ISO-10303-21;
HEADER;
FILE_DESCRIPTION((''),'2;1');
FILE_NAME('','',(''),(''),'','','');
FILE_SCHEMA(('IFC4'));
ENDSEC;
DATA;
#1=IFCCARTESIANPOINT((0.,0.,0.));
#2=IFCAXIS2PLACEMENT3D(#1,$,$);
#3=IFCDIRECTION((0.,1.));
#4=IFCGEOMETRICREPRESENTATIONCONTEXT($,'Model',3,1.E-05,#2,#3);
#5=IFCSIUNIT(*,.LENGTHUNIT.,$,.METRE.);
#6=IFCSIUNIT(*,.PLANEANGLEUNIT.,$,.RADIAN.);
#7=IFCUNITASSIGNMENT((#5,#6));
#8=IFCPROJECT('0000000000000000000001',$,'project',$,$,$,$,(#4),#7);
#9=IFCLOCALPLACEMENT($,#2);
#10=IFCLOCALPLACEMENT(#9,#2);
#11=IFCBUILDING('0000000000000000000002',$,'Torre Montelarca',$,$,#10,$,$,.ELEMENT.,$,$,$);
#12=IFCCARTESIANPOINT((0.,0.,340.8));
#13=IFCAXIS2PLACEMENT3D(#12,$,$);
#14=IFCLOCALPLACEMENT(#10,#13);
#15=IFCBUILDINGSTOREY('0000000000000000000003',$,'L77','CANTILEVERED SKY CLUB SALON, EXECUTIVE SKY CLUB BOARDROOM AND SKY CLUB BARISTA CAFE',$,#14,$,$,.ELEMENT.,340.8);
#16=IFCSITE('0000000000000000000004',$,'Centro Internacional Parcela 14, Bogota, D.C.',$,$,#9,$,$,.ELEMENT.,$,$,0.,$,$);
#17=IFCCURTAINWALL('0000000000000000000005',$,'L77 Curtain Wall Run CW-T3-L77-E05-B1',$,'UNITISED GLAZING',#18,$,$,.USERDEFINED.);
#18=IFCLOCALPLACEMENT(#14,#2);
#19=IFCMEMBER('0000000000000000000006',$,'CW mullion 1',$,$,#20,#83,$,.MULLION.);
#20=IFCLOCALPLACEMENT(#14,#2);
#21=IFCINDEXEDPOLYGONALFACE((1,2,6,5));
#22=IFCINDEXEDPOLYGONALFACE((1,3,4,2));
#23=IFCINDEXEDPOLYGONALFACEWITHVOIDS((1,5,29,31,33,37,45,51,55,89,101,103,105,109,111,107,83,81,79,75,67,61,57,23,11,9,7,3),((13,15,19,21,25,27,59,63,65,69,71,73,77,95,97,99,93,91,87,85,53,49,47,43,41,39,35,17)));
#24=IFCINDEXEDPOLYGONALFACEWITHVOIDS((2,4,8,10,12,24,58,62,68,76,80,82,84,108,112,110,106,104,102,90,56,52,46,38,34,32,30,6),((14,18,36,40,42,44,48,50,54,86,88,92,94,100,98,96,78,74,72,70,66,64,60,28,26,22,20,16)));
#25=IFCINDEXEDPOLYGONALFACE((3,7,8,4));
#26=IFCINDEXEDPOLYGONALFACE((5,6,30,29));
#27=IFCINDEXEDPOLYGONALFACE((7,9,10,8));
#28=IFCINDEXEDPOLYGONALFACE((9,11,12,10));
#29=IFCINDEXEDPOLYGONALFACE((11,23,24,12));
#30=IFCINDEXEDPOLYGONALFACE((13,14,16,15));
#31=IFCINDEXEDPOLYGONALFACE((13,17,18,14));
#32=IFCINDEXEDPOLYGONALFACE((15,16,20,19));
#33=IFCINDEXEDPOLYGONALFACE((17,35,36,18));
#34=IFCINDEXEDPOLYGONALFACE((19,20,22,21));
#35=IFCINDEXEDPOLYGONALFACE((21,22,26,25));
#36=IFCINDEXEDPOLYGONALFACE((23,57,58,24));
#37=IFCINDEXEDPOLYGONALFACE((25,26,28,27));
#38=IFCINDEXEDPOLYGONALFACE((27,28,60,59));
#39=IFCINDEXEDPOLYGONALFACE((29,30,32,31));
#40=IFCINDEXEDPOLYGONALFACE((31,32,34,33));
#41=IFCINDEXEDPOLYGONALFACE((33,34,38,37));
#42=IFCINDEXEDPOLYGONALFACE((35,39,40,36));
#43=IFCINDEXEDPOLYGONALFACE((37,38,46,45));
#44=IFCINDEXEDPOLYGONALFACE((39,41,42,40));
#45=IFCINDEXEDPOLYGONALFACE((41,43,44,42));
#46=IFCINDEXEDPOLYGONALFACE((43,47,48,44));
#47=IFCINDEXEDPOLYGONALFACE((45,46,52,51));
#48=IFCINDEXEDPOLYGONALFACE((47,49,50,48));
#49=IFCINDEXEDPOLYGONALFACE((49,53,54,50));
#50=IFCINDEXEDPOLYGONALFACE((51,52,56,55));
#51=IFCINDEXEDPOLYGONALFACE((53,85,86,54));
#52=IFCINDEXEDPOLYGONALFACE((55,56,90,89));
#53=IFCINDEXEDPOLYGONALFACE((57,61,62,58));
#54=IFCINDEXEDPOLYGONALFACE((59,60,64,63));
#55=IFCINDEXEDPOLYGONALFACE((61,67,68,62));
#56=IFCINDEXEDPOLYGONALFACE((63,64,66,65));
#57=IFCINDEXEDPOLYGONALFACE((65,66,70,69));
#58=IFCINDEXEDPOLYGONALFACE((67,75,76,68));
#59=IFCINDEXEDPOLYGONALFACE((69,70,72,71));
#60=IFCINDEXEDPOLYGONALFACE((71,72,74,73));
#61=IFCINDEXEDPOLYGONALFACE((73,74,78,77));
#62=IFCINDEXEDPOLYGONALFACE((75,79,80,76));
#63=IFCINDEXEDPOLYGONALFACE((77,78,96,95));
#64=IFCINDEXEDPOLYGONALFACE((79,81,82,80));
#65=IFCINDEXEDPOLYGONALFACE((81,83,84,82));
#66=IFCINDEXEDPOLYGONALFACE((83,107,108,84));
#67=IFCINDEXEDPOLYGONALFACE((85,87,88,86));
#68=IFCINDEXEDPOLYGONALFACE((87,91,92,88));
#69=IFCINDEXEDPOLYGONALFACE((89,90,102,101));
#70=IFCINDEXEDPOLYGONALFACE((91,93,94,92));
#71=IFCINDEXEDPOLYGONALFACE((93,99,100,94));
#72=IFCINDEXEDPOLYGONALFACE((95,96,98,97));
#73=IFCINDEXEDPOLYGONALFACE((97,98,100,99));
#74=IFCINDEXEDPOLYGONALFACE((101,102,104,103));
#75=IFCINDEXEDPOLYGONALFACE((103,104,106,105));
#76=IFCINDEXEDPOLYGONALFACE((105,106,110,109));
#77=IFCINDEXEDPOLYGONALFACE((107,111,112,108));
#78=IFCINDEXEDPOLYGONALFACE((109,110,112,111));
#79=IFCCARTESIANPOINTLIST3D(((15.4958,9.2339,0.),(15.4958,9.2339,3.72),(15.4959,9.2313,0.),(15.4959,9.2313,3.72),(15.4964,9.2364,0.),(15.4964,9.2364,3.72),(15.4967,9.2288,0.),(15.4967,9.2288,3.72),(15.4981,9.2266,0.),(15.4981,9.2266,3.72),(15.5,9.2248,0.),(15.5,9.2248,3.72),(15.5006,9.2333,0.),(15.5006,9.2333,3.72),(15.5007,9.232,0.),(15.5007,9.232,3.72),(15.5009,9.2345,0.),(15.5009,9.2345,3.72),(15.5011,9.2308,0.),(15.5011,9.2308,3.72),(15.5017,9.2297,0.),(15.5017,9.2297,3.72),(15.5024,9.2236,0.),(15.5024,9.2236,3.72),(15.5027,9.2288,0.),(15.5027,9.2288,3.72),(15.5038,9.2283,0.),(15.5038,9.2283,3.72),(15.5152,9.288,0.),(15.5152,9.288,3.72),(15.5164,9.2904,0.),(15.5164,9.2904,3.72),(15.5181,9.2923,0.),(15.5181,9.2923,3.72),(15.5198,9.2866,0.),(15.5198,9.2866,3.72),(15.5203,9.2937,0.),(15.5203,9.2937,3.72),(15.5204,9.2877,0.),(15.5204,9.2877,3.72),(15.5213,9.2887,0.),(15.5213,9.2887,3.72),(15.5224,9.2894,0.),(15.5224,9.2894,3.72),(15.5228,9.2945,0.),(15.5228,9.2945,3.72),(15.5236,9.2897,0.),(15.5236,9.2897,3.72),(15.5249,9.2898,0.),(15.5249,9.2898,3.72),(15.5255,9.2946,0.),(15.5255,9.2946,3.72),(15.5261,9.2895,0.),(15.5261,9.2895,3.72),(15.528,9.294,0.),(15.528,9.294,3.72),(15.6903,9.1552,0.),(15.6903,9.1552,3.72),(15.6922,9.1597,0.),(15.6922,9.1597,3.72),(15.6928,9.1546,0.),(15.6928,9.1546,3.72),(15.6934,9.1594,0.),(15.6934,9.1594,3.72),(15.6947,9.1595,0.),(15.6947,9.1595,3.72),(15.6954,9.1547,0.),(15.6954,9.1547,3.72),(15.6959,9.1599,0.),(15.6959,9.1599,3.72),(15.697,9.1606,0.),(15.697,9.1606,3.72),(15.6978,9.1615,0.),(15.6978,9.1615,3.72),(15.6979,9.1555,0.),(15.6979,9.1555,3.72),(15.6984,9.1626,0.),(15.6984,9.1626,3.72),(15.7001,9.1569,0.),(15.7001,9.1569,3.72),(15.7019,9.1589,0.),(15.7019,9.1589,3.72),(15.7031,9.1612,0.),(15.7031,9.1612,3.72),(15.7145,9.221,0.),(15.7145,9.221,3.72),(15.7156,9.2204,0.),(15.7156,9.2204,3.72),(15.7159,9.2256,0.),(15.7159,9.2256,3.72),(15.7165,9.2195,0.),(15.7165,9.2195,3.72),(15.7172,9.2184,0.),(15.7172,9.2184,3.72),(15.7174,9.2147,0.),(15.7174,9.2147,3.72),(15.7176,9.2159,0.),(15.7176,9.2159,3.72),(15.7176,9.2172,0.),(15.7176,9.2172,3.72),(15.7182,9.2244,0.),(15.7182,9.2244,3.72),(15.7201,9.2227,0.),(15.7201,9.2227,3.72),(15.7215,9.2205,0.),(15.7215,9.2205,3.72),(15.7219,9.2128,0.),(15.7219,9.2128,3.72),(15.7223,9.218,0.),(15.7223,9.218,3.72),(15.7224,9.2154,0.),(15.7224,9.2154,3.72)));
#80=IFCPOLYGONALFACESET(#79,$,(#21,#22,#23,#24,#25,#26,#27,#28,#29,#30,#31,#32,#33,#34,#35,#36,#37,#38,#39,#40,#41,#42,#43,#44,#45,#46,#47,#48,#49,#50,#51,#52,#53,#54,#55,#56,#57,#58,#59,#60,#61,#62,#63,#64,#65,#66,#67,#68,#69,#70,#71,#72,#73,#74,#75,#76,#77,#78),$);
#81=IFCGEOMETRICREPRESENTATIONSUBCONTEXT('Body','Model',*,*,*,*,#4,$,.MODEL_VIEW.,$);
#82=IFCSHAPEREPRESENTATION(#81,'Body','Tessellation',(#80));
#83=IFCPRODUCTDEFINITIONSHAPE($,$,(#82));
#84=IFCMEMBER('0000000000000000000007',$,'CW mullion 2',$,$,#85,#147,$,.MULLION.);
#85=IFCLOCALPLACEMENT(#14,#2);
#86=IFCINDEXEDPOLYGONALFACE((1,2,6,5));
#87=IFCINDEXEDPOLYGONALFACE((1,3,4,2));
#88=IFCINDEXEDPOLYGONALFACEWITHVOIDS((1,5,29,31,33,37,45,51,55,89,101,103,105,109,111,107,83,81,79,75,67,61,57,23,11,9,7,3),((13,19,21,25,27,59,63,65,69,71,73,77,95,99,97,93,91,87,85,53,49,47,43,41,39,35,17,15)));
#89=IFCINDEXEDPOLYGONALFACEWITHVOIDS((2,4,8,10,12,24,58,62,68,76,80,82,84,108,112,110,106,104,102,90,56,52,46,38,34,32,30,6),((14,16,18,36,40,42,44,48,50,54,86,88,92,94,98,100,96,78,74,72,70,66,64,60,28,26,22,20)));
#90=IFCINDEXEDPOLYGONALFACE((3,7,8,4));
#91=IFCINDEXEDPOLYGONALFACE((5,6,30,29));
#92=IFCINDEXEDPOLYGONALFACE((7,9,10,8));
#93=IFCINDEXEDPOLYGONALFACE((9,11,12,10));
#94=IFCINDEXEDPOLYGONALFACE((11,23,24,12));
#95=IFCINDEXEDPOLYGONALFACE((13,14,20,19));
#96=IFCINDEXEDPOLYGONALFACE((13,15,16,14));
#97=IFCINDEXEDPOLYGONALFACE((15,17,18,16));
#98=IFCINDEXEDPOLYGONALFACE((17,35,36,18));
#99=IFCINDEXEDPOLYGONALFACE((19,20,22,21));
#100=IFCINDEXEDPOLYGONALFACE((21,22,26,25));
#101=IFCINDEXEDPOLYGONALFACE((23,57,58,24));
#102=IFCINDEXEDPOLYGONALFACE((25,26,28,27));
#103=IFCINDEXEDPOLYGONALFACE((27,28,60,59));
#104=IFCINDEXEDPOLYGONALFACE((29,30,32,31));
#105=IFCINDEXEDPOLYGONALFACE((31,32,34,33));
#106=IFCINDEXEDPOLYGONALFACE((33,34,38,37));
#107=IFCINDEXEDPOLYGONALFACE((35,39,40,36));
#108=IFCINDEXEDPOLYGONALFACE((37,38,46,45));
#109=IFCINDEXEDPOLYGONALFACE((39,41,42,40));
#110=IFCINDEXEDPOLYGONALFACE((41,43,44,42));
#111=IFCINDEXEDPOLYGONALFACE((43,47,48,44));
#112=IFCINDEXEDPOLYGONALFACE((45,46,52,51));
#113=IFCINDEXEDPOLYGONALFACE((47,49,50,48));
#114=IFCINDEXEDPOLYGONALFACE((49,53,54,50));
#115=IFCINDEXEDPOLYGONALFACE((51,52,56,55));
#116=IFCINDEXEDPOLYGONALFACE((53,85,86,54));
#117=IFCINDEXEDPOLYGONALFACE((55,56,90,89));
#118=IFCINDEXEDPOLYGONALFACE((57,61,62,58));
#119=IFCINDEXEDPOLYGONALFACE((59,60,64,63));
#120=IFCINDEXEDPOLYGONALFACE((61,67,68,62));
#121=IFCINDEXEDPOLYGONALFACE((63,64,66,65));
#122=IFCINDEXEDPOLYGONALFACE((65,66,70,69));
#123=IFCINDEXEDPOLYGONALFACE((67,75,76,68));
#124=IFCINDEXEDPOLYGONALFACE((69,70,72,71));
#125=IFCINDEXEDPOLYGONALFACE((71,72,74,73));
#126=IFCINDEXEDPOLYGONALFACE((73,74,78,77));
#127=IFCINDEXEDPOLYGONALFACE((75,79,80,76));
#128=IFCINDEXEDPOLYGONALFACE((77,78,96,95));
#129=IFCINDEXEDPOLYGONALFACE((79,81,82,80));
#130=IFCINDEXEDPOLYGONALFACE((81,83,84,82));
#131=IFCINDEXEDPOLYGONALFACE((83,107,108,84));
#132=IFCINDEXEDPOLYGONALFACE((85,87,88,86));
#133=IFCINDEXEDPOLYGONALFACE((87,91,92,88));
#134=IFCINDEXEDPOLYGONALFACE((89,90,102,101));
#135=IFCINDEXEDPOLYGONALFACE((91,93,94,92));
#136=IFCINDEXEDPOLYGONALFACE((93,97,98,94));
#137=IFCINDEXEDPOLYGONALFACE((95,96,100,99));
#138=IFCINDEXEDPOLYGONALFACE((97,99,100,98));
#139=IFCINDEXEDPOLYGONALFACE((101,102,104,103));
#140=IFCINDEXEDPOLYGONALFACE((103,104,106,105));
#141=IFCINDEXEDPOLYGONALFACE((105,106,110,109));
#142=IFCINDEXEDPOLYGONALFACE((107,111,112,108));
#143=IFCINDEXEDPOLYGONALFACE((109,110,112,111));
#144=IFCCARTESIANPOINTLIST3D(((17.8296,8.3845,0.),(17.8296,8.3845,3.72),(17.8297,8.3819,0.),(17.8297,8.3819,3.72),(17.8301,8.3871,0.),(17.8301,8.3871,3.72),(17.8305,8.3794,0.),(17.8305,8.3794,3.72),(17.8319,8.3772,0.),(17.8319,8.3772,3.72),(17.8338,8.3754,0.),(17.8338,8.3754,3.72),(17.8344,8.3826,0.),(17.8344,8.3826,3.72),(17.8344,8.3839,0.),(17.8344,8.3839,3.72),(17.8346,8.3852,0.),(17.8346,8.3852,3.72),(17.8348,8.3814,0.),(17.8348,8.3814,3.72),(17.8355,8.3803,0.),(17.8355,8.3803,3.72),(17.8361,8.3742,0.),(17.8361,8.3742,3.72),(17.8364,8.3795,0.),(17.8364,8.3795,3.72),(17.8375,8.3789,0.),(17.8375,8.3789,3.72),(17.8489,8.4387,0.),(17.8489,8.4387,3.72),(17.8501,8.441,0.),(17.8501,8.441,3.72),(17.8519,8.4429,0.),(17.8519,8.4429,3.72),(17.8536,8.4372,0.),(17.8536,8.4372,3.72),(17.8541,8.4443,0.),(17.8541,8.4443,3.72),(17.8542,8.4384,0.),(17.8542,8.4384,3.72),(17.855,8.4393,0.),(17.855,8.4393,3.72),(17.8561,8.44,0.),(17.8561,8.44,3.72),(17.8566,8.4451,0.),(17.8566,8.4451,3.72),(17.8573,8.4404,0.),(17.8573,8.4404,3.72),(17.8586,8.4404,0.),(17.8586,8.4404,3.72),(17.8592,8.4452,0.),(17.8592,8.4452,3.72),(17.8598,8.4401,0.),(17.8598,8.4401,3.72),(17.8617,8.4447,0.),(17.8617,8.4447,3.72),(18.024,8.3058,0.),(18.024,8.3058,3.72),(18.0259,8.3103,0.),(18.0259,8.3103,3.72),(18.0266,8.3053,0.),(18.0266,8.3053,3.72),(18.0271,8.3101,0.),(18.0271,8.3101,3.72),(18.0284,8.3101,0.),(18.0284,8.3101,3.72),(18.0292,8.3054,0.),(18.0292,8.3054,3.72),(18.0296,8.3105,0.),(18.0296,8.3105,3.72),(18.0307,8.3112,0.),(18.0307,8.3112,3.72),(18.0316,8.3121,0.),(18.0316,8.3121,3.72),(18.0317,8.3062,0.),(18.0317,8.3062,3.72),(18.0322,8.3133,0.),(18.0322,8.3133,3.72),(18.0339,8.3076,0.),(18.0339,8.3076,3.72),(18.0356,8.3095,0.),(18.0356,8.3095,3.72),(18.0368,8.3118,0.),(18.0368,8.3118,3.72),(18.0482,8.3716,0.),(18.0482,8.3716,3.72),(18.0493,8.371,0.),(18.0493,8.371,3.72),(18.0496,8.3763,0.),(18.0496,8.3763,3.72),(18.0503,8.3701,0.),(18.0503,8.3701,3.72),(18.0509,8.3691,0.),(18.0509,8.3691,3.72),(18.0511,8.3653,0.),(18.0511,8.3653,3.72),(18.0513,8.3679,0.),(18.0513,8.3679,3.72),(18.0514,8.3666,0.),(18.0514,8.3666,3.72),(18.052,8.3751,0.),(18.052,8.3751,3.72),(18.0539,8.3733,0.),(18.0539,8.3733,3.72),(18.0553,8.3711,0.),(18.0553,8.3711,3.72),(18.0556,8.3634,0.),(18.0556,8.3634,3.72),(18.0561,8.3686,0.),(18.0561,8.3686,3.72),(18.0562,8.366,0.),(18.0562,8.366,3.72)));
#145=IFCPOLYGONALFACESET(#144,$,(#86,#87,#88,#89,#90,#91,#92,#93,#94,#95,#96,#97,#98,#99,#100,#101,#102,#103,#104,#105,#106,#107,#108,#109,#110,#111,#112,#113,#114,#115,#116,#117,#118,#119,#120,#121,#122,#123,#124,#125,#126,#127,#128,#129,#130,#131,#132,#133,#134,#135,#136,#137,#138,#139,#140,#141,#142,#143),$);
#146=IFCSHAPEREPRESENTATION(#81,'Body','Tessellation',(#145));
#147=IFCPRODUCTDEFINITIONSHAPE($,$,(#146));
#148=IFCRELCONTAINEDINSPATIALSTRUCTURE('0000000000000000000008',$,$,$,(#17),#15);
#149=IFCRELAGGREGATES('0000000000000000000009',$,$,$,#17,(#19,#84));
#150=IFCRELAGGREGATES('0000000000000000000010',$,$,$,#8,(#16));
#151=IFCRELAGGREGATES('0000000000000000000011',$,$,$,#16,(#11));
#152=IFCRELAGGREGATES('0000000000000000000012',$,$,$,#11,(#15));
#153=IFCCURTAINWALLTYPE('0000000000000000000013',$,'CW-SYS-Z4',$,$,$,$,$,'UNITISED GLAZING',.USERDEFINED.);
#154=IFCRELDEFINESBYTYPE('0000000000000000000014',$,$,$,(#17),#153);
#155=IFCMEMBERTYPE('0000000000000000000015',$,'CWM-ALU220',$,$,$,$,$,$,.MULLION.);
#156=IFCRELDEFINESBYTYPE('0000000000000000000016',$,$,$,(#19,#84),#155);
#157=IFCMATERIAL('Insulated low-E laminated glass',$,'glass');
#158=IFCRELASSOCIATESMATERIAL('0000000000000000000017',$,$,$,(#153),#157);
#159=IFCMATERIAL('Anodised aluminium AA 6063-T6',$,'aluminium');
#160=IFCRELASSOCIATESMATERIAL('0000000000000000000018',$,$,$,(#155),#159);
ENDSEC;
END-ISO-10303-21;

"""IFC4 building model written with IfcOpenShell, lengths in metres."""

from ifc_helpers import new_model, si_unit, direction, frame, origin, origin_2d, place, context, subcontext, project, spatial, hollow_rectangle, extrude, source, transform, mapped, material, material_profile, profile_set, type_object, element, aggregate, save


model = new_model("IFC4")

# Units and contexts
model_context = context("Model", 3, precision=1e-05, world=origin(), true_north=direction((0.0, 1.0)))
body_context = subcontext(model_context, "Body", "Model", "MODEL_VIEW")
ifc_project = project(units=[si_unit("LENGTHUNIT", "METRE"), si_unit("PLANEANGLEUNIT", "RADIAN")], contexts=[model_context])

# Site, building, storey
site_placement = place(None, origin())
site = spatial("IfcSite", under=ifc_project, at=site_placement, Name="Centro Internacional Parcela 14, Bogota, D.C.", CompositionType="ELEMENT", RefElevation=0.0)
building_placement = place(site_placement, origin())
building = spatial("IfcBuilding", under=site, at=building_placement, Name="Torre Montelarca", CompositionType="ELEMENT")
storey_placement = place(building_placement, frame((0.0, 0.0, 340.8)))
storey = spatial("IfcBuildingStorey", under=building, at=storey_placement, Name="L77", Description="CANTILEVERED SKY CLUB SALON, EXECUTIVE SKY CLUB BOARDROOM AND SKY CLUB BARISTA CAFE", CompositionType="ELEMENT", Elevation=340.8)

# Shared definitions
ifc_material_1 = material(Name="Insulated low-E laminated glass", Category="glass")
curtain_wall_type = type_object("IfcCurtainWallType", Name="CW-SYS-Z4", ElementType="UNITISED GLAZING", PredefinedType="USERDEFINED", material=ifc_material_1)
ifc_material_2 = material(Name="Anodised aluminium AA 6063-T6", Category="aluminium")
ifc_material_profile_1 = material_profile(ifc_material_2, hollow_rectangle(XDim=0.075, YDim=0.22, WallThickness=0.0049, InnerFilletRadius=0.0049, OuterFilletRadius=0.01, at=origin_2d()), Name="ALU75X220X5", Category="aluminium")
ifc_profile_set_1 = profile_set([ifc_material_profile_1], Name="Anodised aluminium AA 6063-T6")
member_type_1 = type_object("IfcMemberType", Name="CWM-ALU220", PredefinedType="MULLION", material=ifc_profile_set_1)
shared_shape_1 = source(origin(), body_context, "Body", "SweptSolid", [
    extrude(hollow_rectangle(XDim=0.075, YDim=0.22, WallThickness=0.0049, InnerFilletRadius=0.0049, OuterFilletRadius=0.01, at=origin_2d()), origin(), (0.0, 0.0, 1.0), 3.72),
])

# Curtain wall, members
curtain_wall_1_placement = place(storey_placement, origin())
curtain_wall_1 = element("IfcCurtainWall", 1, at=curtain_wall_1_placement, inside=storey, type_object=curtain_wall_type, Name="L77 Curtain Wall Run CW-T3-L77-E05-B1", ObjectType="UNITISED GLAZING", PredefinedType="USERDEFINED")
member_1_placement = place(storey_placement, frame((15.6091, 9.2246, 0.0), z_axis=(0.0, 0.0, 1.0), x_axis=(0.342015, 0.939694, 0.0)))
member_1 = element("IfcMember", 2, at=member_1_placement, type_object=member_type_1, Name="CW mullion 1", PredefinedType="MULLION", context=body_context, shape_type="MappedRepresentation", body=[
    mapped(shared_shape_1, transform((0.0, 0.0, 0.0), scale=1.0)),
])
member_2_placement = place(storey_placement, frame((17.9429, 8.3752, 0.0), z_axis=(0.0, 0.0, 1.0), x_axis=(0.342015, 0.939694, 0.0)))
member_2 = element("IfcMember", 3, at=member_2_placement, type_object=member_type_1, Name="CW mullion 2", PredefinedType="MULLION", context=body_context, shape_type="MappedRepresentation", body=[
    mapped(shared_shape_1, transform((0.0, 0.0, 0.0), scale=1.0)),
])

aggregate(curtain_wall_1, [member_1, member_2])

save(model, "model.ifc")
